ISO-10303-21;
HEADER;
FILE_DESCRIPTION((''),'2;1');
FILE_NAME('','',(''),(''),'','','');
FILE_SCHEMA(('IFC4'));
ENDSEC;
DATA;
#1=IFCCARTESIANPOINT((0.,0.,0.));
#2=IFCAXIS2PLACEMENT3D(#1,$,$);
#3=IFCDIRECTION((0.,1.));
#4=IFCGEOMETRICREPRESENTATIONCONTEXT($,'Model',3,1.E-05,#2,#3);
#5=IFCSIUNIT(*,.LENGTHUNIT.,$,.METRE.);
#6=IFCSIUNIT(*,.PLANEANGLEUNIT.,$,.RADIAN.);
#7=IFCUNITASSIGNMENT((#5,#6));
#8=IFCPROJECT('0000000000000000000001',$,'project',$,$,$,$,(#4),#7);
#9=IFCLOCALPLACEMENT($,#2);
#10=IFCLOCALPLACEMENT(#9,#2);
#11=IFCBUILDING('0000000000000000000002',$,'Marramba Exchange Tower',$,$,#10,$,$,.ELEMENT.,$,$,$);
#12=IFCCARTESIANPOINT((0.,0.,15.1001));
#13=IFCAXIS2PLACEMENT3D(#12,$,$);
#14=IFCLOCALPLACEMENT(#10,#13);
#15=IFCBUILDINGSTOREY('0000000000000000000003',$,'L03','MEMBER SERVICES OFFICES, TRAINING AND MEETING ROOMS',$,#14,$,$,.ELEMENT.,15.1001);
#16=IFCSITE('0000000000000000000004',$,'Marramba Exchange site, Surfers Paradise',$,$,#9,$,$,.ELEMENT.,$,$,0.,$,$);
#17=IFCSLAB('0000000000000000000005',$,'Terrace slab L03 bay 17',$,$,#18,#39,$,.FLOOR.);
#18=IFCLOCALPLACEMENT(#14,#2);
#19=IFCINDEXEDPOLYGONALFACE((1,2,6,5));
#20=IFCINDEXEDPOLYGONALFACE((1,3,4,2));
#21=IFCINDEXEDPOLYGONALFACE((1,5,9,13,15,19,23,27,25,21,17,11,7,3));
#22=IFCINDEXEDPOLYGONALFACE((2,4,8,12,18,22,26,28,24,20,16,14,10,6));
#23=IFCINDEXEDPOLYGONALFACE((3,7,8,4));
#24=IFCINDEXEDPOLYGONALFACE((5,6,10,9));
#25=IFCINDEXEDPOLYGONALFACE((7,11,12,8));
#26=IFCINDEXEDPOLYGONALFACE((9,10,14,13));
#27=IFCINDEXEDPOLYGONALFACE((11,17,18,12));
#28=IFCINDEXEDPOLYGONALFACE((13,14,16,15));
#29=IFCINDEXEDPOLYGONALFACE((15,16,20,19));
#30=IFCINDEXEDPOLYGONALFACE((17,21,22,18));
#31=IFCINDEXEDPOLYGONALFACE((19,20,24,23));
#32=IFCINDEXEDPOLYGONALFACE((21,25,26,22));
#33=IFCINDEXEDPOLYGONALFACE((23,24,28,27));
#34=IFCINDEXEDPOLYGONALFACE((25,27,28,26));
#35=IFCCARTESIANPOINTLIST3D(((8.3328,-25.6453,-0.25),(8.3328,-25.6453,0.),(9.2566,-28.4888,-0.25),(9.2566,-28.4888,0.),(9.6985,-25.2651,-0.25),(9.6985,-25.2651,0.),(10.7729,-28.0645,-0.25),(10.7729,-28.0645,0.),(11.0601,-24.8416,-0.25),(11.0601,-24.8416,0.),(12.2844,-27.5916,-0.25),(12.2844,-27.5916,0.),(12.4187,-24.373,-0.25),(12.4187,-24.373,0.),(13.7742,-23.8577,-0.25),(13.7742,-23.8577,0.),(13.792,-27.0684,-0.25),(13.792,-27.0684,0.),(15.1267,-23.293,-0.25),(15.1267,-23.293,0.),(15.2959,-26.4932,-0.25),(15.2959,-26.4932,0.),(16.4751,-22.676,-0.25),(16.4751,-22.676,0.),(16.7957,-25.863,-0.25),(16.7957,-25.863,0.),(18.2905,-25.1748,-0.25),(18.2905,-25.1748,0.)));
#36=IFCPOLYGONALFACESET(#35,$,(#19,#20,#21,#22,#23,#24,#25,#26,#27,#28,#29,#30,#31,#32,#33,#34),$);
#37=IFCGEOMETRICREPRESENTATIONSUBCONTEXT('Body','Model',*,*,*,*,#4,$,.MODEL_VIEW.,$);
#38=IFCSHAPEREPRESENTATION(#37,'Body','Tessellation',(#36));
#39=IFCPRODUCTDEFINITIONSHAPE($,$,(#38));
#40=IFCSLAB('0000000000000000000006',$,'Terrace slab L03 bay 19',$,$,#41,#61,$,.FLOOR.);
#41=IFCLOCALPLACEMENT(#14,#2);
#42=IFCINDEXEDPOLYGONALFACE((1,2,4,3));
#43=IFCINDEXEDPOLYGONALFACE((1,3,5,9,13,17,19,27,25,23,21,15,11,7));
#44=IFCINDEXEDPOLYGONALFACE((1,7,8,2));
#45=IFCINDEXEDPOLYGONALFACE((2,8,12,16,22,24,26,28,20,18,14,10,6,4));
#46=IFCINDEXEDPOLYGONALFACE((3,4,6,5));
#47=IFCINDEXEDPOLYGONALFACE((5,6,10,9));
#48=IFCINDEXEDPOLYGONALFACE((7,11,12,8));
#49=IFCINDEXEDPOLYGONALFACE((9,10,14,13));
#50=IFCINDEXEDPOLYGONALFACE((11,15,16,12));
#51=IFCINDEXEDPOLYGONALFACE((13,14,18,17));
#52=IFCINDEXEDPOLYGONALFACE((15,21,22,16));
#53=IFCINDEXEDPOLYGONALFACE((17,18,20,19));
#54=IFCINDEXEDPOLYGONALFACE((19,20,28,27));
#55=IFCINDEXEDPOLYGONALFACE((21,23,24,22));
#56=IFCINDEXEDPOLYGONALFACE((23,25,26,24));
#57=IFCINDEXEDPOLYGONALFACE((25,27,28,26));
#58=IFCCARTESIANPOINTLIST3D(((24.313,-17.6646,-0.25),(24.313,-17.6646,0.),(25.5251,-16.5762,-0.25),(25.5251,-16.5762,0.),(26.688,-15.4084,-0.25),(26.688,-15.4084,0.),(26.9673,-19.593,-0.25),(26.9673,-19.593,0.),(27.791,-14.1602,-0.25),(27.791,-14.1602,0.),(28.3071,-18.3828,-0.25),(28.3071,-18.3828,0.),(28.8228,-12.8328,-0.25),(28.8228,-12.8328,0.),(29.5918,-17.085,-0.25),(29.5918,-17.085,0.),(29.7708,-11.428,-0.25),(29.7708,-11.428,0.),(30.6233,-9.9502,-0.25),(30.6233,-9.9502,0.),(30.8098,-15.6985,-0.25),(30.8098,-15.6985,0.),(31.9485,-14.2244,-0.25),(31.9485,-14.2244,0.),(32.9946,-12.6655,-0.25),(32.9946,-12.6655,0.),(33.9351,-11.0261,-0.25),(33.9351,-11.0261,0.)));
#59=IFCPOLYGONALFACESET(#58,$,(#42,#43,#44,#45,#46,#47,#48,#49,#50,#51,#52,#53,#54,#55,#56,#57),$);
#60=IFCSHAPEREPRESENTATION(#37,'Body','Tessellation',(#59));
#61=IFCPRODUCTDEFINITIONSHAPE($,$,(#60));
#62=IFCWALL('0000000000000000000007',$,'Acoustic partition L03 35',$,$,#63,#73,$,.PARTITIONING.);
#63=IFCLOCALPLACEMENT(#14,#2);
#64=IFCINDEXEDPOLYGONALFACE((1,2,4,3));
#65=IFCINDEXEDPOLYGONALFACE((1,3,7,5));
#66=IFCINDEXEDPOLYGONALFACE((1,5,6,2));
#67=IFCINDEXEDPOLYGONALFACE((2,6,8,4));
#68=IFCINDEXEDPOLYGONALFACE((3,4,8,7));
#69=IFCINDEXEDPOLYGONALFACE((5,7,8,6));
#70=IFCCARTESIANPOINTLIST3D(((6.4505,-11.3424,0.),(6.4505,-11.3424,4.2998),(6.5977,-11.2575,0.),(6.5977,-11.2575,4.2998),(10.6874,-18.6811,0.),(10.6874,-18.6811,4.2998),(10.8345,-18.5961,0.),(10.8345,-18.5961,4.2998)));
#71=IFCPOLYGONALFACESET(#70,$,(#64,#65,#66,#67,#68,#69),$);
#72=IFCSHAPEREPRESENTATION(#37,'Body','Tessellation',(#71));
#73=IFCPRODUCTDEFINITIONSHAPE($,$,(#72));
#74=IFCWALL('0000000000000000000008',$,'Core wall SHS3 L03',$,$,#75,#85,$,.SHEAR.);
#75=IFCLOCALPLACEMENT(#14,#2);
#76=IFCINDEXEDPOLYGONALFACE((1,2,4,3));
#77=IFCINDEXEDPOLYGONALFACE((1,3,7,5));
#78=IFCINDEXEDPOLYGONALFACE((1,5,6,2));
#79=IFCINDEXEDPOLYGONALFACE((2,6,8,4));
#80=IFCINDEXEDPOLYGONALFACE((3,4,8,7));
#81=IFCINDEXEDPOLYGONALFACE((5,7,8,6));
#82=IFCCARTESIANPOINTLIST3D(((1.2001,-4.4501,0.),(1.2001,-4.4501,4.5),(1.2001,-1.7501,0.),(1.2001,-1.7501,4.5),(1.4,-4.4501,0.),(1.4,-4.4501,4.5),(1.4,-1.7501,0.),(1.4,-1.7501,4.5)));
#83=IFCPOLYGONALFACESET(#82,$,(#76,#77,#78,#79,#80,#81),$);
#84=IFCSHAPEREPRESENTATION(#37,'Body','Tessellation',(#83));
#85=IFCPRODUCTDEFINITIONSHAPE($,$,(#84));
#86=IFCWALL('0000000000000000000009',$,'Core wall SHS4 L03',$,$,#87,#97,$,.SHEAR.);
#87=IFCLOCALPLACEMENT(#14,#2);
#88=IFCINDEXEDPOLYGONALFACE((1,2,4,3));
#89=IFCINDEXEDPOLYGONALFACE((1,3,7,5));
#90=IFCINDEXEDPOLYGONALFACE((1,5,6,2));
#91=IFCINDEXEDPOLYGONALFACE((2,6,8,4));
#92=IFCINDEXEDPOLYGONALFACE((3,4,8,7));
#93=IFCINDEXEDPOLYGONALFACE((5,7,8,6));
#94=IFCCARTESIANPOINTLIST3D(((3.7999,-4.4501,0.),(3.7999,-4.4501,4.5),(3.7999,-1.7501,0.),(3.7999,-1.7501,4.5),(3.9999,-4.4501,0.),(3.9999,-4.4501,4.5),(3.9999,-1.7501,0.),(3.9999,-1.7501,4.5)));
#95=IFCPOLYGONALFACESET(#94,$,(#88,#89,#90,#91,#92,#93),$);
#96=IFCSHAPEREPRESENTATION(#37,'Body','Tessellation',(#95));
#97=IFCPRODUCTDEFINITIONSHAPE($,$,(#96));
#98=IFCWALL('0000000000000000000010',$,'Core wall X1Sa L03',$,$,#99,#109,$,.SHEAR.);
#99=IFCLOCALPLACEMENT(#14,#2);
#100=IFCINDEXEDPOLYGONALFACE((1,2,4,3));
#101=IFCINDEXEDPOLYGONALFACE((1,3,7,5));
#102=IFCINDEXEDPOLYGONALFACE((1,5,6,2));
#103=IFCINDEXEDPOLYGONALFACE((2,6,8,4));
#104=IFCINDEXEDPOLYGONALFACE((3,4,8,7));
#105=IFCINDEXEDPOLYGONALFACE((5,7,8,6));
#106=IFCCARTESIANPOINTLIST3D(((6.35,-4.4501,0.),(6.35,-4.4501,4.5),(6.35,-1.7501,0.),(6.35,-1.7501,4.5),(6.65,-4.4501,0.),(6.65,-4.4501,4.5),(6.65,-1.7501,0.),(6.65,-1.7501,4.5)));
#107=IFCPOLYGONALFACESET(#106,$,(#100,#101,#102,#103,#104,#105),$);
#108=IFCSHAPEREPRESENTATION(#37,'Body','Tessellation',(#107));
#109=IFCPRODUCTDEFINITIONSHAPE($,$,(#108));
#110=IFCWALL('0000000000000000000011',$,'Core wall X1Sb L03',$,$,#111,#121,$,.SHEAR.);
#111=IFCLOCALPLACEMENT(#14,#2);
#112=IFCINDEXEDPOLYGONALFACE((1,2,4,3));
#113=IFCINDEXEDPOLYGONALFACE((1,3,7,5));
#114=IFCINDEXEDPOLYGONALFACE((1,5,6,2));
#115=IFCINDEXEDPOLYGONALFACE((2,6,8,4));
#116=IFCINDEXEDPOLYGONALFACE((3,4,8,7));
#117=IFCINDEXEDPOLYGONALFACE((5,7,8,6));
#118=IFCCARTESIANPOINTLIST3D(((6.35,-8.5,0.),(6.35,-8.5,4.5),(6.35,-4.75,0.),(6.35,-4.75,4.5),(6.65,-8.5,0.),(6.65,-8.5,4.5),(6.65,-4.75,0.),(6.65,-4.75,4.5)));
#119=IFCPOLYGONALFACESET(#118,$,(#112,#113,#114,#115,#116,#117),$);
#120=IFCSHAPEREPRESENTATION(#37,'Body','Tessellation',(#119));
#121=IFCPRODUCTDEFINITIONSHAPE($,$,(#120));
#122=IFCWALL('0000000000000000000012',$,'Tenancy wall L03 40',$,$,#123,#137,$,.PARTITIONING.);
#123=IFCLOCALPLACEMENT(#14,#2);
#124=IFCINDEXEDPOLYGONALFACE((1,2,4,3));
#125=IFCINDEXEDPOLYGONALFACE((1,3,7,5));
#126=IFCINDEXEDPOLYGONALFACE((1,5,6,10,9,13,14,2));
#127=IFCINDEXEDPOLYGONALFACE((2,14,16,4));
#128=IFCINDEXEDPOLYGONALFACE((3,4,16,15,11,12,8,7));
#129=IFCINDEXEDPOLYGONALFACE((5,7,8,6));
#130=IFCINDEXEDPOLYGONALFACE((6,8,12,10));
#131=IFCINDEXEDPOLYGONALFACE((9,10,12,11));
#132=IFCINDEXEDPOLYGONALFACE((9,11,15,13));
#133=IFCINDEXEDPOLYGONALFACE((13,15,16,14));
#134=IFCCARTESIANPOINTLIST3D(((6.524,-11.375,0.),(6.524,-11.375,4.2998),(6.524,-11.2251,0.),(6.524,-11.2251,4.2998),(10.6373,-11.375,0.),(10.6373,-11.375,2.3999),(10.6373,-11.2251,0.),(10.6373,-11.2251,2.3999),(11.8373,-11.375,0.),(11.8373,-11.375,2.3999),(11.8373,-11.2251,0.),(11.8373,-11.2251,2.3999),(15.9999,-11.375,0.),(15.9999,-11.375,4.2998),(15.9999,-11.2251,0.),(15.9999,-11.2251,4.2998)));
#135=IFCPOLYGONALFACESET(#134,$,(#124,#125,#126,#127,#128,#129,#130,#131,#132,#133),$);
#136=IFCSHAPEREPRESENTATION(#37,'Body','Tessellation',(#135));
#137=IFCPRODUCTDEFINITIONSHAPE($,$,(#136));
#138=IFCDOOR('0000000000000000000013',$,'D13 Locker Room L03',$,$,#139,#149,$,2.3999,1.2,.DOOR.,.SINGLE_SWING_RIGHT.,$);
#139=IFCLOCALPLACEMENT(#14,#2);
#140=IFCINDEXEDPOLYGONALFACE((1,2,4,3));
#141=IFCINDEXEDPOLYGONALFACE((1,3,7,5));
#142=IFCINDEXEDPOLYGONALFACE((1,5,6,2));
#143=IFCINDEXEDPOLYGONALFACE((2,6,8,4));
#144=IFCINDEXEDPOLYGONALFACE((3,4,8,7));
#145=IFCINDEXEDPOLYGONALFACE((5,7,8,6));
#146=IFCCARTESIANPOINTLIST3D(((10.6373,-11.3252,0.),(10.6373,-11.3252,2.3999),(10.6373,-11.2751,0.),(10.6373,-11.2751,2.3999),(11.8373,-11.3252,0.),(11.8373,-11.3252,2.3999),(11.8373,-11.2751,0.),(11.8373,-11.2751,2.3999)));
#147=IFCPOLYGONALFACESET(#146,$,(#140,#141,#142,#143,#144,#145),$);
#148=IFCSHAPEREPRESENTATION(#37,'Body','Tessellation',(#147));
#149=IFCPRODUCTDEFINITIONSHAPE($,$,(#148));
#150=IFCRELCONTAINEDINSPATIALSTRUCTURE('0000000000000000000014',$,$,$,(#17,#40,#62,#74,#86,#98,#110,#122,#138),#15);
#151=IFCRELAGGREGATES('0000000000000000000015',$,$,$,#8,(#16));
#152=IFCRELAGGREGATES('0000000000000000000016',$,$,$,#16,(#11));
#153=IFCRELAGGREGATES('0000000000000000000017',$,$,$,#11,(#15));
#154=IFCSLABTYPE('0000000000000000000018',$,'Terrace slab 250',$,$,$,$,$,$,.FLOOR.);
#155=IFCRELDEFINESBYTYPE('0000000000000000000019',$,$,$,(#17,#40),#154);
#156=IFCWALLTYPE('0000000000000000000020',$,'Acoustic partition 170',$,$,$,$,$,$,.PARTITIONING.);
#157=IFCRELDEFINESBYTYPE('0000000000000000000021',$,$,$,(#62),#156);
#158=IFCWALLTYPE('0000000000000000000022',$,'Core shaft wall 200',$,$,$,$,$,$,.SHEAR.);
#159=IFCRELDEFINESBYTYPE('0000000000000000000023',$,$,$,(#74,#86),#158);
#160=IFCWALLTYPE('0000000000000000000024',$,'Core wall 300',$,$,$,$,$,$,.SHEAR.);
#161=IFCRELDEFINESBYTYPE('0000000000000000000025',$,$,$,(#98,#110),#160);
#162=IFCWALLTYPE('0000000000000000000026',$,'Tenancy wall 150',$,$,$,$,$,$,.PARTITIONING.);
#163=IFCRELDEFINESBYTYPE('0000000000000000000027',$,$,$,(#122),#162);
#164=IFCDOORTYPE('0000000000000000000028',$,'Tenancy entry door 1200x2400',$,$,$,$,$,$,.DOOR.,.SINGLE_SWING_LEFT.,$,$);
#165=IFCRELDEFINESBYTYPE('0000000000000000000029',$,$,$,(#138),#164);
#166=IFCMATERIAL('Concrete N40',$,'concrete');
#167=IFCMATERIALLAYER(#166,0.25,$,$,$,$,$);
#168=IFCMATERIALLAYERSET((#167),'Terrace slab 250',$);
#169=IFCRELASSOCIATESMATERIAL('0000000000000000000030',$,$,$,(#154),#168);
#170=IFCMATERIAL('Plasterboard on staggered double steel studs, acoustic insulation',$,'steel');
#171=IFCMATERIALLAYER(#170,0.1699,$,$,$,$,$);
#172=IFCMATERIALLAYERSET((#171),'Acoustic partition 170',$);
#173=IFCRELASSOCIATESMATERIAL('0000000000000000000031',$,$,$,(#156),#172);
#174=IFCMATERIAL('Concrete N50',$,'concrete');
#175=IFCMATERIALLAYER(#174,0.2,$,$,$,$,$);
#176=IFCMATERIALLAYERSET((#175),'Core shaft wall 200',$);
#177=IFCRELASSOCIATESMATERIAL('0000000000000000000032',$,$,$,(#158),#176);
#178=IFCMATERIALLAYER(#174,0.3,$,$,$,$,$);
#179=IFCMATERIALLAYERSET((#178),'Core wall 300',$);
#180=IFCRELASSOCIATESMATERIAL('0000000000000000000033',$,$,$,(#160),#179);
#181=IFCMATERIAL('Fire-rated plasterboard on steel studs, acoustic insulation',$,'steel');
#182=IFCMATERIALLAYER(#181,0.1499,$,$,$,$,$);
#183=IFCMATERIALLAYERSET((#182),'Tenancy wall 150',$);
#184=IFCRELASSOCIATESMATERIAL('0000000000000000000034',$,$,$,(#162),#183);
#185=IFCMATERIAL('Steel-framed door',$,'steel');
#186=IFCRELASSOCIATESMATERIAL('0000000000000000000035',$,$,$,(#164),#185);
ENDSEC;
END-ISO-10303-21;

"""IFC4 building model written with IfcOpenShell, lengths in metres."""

from ifc_helpers import new_model, si_unit, direction, frame, frame_2d, origin, place, context, subcontext, project, spatial, polyline, rectangle, outline, extrude, material, layer, layer_set, type_object, element, fill, save


model = new_model("IFC4")

# Units and contexts
model_context = context("Model", 3, precision=1e-05, world=origin(), true_north=direction((0.0, 1.0)))
body_context = subcontext(model_context, "Body", "Model", "MODEL_VIEW")
ifc_project = project(units=[si_unit("LENGTHUNIT", "METRE"), si_unit("PLANEANGLEUNIT", "RADIAN")], contexts=[model_context])

# Site, building, storey
site_placement = place(None, origin())
site = spatial("IfcSite", under=ifc_project, at=site_placement, Name="Marramba Exchange site, Surfers Paradise", CompositionType="ELEMENT", RefElevation=0.0)
building_placement = place(site_placement, origin())
building = spatial("IfcBuilding", under=site, at=building_placement, Name="Marramba Exchange Tower", CompositionType="ELEMENT")
storey_placement = place(building_placement, frame((0.0, 0.0, 15.1001)))
storey = spatial("IfcBuildingStorey", under=building, at=storey_placement, Name="L03", Description="MEMBER SERVICES OFFICES, TRAINING AND MEETING ROOMS", CompositionType="ELEMENT", Elevation=15.1001)

# Shared definitions
ifc_material_1 = material(Name="Concrete N40", Category="concrete")

# Slabs
ifc_layer_1 = layer(ifc_material_1, 0.25)
ifc_layer_set_1 = layer_set([ifc_layer_1], Name="Terrace slab 250")
slab_type_1 = type_object("IfcSlabType", Name="Terrace slab 250", PredefinedType="FLOOR", material=ifc_layer_set_1)
slab_1_placement = place(storey_placement, frame((0.0, 0.0, -0.25)))
element("IfcSlab", 1, at=slab_1_placement, inside=storey, type_object=slab_type_1, Name="Terrace slab L03 bay 17", PredefinedType="FLOOR", context=body_context, shape_type="SweptSolid", body=[
    extrude(outline(polyline([(18.2905, -25.1748), (16.7957, -25.863), (15.2959, -26.4932), (13.792, -27.0684), (12.2844, -27.5916), (10.7729, -28.0645), (9.2566, -28.4888), (8.3328, -25.6453), (9.6985, -25.2651), (11.0601, -24.8416), (12.4187, -24.373), (13.7742, -23.8577), (15.1267, -23.293), (16.4751, -22.676), (18.2905, -25.1748)])), origin(), (0.0, 0.0, 1.0), 0.25),
])
slab_2_placement = place(storey_placement, frame((0.0, 0.0, -0.25)))
element("IfcSlab", 2, at=slab_2_placement, inside=storey, type_object=slab_type_1, Name="Terrace slab L03 bay 19", PredefinedType="FLOOR", context=body_context, shape_type="SweptSolid", body=[
    extrude(outline(polyline([(32.9946, -12.6655), (31.9485, -14.2244), (30.8098, -15.6985), (29.5918, -17.085), (28.3071, -18.3828), (26.9673, -19.593), (24.313, -17.6646), (25.5251, -16.5762), (26.688, -15.4084), (27.791, -14.1602), (28.8228, -12.8328), (29.7708, -11.428), (30.6233, -9.9502), (33.9351, -11.0261), (32.9946, -12.6655)])), origin(), (0.0, 0.0, 1.0), 0.25),
])

# Walls
ifc_material_2 = material(Name="Plasterboard on staggered double steel studs, acoustic insulation", Category="steel")
ifc_layer_2 = layer(ifc_material_2, 0.1699)
ifc_layer_set_2 = layer_set([ifc_layer_2], Name="Acoustic partition 170")
wall_type_1 = type_object("IfcWallType", Name="Acoustic partition 170", PredefinedType="PARTITIONING", material=ifc_layer_set_2)
wall_1_placement = place(storey_placement, frame((6.5242, -11.3, 0.0), z_axis=(0.0, 0.0, 1.0), x_axis=(0.499988, -0.866033, 0.0)))
element("IfcWall", 3, at=wall_1_placement, inside=storey, type_object=wall_type_1, Name="Acoustic partition L03 35", PredefinedType="PARTITIONING", context=body_context, shape_type="SweptSolid", body=[
    extrude(rectangle(XDim=8.4739, YDim=0.1699, at=frame_2d((4.2368, 0.0))), origin(), (0.0, 0.0, 1.0), 4.2998),
])
ifc_material_3 = material(Name="Concrete N50", Category="concrete")
ifc_layer_3 = layer(ifc_material_3, 0.2)
ifc_layer_set_3 = layer_set([ifc_layer_3], Name="Core shaft wall 200")
wall_type_2 = type_object("IfcWallType", Name="Core shaft wall 200", PredefinedType="SHEAR", material=ifc_layer_set_3)
for number, where, z_axis, x_axis, name in (
    (4, (1.3, -1.75, 0.0), (0.0, 0.0, 1.0), (0.0, -1.0, 0.0), "Core wall SHS3 L03"),
    (5, (3.8999, -1.75, 0.0), (0.0, 0.0, 1.0), (0.0, -1.0, 0.0), "Core wall SHS4 L03"),
):
    element("IfcWall", number, at=place(storey_placement, frame(where, z_axis=z_axis, x_axis=x_axis)), inside=storey, type_object=wall_type_2, Name=name, PredefinedType="SHEAR", context=body_context, shape_type="SweptSolid", body=[
        extrude(rectangle(XDim=2.7, YDim=0.2, at=frame_2d((1.3501, 0.0))), origin(), (0.0, 0.0, 1.0), 4.5),
    ])
ifc_layer_4 = layer(ifc_material_3, 0.3)
ifc_layer_set_4 = layer_set([ifc_layer_4], Name="Core wall 300")
wall_type_3 = type_object("IfcWallType", Name="Core wall 300", PredefinedType="SHEAR", material=ifc_layer_set_4)
wall_2_placement = place(storey_placement, frame((6.5, -1.75, 0.0), z_axis=(0.0, 0.0, 1.0), x_axis=(0.0, -1.0, 0.0)))
element("IfcWall", 6, at=wall_2_placement, inside=storey, type_object=wall_type_3, Name="Core wall X1Sa L03", PredefinedType="SHEAR", context=body_context, shape_type="SweptSolid", body=[
    extrude(rectangle(XDim=2.7, YDim=0.3, at=frame_2d((1.3501, 0.0))), origin(), (0.0, 0.0, 1.0), 4.5),
])
wall_3_placement = place(storey_placement, frame((6.5, -4.75, 0.0), z_axis=(0.0, 0.0, 1.0), x_axis=(0.0, -1.0, 0.0)))
element("IfcWall", 7, at=wall_3_placement, inside=storey, type_object=wall_type_3, Name="Core wall X1Sb L03", PredefinedType="SHEAR", context=body_context, shape_type="SweptSolid", body=[
    extrude(rectangle(XDim=3.75, YDim=0.3, at=frame_2d((1.875, 0.0))), origin(), (0.0, 0.0, 1.0), 4.5),
])

# Wall, opening, door
ifc_material_4 = material(Name="Fire-rated plasterboard on steel studs, acoustic insulation", Category="steel")
ifc_layer_5 = layer(ifc_material_4, 0.1499)
ifc_layer_set_5 = layer_set([ifc_layer_5], Name="Tenancy wall 150")
wall_type_4 = type_object("IfcWallType", Name="Tenancy wall 150", PredefinedType="PARTITIONING", material=ifc_layer_set_5)
wall_4_placement = place(storey_placement, frame((6.5242, -11.3, 0.0), z_axis=(0.0, 0.0, 1.0), x_axis=(1.0, 0.0, 0.0)))
wall_4 = element("IfcWall", 8, at=wall_4_placement, inside=storey, type_object=wall_type_4, Name="Tenancy wall L03 40", PredefinedType="PARTITIONING", context=body_context, shape_type="SweptSolid", body=[
    extrude(rectangle(XDim=9.4758, YDim=0.1499, at=frame_2d((4.7378, 0.0))), origin(), (0.0, 0.0, 1.0), 4.2998),
])
opening_placement = place(wall_4_placement, frame((4.113, 0.0, 0.0)))
opening = element("IfcOpeningElement", 9, at=opening_placement, cuts=wall_4, PredefinedType="OPENING", context=body_context, shape_type="SweptSolid", body=[
    extrude(rectangle(XDim=1.2, YDim=2.3999, at=frame_2d((0.6001, 1.2))), frame((0.0, 0.085, 0.0), z_axis=(0.0, -1.0, 0.0), x_axis=(1.0, 0.0, 0.0)), (0.0, 0.0, 1.0), 0.1699),
])
ifc_material_5 = material(Name="Steel-framed door", Category="steel")
door_type = type_object("IfcDoorType", Name="Tenancy entry door 1200x2400", OperationType="SINGLE_SWING_LEFT", PredefinedType="DOOR", material=ifc_material_5)
door_placement = place(opening_placement, frame((1.2, 0.0, 0.0), z_axis=(0.0, 0.0, 1.0), x_axis=(-1.0, 0.0, 0.0)))
door = element("IfcDoor", 10, at=door_placement, inside=storey, type_object=door_type, Name="D13 Locker Room L03", OperationType="SINGLE_SWING_RIGHT", OverallHeight=2.3999, OverallWidth=1.2, PredefinedType="DOOR", context=body_context, shape_type="SweptSolid", body=[
    extrude(rectangle(XDim=1.2, YDim=2.3999, at=frame_2d((0.5999, 1.2))), frame((0.0, 0.0251, 0.0), z_axis=(0.0, -1.0, 0.0), x_axis=(1.0, 0.0, 0.0)), (0.0, 0.0, 1.0), 0.05),
])
fill(opening, door)

save(model, "model.ifc")
